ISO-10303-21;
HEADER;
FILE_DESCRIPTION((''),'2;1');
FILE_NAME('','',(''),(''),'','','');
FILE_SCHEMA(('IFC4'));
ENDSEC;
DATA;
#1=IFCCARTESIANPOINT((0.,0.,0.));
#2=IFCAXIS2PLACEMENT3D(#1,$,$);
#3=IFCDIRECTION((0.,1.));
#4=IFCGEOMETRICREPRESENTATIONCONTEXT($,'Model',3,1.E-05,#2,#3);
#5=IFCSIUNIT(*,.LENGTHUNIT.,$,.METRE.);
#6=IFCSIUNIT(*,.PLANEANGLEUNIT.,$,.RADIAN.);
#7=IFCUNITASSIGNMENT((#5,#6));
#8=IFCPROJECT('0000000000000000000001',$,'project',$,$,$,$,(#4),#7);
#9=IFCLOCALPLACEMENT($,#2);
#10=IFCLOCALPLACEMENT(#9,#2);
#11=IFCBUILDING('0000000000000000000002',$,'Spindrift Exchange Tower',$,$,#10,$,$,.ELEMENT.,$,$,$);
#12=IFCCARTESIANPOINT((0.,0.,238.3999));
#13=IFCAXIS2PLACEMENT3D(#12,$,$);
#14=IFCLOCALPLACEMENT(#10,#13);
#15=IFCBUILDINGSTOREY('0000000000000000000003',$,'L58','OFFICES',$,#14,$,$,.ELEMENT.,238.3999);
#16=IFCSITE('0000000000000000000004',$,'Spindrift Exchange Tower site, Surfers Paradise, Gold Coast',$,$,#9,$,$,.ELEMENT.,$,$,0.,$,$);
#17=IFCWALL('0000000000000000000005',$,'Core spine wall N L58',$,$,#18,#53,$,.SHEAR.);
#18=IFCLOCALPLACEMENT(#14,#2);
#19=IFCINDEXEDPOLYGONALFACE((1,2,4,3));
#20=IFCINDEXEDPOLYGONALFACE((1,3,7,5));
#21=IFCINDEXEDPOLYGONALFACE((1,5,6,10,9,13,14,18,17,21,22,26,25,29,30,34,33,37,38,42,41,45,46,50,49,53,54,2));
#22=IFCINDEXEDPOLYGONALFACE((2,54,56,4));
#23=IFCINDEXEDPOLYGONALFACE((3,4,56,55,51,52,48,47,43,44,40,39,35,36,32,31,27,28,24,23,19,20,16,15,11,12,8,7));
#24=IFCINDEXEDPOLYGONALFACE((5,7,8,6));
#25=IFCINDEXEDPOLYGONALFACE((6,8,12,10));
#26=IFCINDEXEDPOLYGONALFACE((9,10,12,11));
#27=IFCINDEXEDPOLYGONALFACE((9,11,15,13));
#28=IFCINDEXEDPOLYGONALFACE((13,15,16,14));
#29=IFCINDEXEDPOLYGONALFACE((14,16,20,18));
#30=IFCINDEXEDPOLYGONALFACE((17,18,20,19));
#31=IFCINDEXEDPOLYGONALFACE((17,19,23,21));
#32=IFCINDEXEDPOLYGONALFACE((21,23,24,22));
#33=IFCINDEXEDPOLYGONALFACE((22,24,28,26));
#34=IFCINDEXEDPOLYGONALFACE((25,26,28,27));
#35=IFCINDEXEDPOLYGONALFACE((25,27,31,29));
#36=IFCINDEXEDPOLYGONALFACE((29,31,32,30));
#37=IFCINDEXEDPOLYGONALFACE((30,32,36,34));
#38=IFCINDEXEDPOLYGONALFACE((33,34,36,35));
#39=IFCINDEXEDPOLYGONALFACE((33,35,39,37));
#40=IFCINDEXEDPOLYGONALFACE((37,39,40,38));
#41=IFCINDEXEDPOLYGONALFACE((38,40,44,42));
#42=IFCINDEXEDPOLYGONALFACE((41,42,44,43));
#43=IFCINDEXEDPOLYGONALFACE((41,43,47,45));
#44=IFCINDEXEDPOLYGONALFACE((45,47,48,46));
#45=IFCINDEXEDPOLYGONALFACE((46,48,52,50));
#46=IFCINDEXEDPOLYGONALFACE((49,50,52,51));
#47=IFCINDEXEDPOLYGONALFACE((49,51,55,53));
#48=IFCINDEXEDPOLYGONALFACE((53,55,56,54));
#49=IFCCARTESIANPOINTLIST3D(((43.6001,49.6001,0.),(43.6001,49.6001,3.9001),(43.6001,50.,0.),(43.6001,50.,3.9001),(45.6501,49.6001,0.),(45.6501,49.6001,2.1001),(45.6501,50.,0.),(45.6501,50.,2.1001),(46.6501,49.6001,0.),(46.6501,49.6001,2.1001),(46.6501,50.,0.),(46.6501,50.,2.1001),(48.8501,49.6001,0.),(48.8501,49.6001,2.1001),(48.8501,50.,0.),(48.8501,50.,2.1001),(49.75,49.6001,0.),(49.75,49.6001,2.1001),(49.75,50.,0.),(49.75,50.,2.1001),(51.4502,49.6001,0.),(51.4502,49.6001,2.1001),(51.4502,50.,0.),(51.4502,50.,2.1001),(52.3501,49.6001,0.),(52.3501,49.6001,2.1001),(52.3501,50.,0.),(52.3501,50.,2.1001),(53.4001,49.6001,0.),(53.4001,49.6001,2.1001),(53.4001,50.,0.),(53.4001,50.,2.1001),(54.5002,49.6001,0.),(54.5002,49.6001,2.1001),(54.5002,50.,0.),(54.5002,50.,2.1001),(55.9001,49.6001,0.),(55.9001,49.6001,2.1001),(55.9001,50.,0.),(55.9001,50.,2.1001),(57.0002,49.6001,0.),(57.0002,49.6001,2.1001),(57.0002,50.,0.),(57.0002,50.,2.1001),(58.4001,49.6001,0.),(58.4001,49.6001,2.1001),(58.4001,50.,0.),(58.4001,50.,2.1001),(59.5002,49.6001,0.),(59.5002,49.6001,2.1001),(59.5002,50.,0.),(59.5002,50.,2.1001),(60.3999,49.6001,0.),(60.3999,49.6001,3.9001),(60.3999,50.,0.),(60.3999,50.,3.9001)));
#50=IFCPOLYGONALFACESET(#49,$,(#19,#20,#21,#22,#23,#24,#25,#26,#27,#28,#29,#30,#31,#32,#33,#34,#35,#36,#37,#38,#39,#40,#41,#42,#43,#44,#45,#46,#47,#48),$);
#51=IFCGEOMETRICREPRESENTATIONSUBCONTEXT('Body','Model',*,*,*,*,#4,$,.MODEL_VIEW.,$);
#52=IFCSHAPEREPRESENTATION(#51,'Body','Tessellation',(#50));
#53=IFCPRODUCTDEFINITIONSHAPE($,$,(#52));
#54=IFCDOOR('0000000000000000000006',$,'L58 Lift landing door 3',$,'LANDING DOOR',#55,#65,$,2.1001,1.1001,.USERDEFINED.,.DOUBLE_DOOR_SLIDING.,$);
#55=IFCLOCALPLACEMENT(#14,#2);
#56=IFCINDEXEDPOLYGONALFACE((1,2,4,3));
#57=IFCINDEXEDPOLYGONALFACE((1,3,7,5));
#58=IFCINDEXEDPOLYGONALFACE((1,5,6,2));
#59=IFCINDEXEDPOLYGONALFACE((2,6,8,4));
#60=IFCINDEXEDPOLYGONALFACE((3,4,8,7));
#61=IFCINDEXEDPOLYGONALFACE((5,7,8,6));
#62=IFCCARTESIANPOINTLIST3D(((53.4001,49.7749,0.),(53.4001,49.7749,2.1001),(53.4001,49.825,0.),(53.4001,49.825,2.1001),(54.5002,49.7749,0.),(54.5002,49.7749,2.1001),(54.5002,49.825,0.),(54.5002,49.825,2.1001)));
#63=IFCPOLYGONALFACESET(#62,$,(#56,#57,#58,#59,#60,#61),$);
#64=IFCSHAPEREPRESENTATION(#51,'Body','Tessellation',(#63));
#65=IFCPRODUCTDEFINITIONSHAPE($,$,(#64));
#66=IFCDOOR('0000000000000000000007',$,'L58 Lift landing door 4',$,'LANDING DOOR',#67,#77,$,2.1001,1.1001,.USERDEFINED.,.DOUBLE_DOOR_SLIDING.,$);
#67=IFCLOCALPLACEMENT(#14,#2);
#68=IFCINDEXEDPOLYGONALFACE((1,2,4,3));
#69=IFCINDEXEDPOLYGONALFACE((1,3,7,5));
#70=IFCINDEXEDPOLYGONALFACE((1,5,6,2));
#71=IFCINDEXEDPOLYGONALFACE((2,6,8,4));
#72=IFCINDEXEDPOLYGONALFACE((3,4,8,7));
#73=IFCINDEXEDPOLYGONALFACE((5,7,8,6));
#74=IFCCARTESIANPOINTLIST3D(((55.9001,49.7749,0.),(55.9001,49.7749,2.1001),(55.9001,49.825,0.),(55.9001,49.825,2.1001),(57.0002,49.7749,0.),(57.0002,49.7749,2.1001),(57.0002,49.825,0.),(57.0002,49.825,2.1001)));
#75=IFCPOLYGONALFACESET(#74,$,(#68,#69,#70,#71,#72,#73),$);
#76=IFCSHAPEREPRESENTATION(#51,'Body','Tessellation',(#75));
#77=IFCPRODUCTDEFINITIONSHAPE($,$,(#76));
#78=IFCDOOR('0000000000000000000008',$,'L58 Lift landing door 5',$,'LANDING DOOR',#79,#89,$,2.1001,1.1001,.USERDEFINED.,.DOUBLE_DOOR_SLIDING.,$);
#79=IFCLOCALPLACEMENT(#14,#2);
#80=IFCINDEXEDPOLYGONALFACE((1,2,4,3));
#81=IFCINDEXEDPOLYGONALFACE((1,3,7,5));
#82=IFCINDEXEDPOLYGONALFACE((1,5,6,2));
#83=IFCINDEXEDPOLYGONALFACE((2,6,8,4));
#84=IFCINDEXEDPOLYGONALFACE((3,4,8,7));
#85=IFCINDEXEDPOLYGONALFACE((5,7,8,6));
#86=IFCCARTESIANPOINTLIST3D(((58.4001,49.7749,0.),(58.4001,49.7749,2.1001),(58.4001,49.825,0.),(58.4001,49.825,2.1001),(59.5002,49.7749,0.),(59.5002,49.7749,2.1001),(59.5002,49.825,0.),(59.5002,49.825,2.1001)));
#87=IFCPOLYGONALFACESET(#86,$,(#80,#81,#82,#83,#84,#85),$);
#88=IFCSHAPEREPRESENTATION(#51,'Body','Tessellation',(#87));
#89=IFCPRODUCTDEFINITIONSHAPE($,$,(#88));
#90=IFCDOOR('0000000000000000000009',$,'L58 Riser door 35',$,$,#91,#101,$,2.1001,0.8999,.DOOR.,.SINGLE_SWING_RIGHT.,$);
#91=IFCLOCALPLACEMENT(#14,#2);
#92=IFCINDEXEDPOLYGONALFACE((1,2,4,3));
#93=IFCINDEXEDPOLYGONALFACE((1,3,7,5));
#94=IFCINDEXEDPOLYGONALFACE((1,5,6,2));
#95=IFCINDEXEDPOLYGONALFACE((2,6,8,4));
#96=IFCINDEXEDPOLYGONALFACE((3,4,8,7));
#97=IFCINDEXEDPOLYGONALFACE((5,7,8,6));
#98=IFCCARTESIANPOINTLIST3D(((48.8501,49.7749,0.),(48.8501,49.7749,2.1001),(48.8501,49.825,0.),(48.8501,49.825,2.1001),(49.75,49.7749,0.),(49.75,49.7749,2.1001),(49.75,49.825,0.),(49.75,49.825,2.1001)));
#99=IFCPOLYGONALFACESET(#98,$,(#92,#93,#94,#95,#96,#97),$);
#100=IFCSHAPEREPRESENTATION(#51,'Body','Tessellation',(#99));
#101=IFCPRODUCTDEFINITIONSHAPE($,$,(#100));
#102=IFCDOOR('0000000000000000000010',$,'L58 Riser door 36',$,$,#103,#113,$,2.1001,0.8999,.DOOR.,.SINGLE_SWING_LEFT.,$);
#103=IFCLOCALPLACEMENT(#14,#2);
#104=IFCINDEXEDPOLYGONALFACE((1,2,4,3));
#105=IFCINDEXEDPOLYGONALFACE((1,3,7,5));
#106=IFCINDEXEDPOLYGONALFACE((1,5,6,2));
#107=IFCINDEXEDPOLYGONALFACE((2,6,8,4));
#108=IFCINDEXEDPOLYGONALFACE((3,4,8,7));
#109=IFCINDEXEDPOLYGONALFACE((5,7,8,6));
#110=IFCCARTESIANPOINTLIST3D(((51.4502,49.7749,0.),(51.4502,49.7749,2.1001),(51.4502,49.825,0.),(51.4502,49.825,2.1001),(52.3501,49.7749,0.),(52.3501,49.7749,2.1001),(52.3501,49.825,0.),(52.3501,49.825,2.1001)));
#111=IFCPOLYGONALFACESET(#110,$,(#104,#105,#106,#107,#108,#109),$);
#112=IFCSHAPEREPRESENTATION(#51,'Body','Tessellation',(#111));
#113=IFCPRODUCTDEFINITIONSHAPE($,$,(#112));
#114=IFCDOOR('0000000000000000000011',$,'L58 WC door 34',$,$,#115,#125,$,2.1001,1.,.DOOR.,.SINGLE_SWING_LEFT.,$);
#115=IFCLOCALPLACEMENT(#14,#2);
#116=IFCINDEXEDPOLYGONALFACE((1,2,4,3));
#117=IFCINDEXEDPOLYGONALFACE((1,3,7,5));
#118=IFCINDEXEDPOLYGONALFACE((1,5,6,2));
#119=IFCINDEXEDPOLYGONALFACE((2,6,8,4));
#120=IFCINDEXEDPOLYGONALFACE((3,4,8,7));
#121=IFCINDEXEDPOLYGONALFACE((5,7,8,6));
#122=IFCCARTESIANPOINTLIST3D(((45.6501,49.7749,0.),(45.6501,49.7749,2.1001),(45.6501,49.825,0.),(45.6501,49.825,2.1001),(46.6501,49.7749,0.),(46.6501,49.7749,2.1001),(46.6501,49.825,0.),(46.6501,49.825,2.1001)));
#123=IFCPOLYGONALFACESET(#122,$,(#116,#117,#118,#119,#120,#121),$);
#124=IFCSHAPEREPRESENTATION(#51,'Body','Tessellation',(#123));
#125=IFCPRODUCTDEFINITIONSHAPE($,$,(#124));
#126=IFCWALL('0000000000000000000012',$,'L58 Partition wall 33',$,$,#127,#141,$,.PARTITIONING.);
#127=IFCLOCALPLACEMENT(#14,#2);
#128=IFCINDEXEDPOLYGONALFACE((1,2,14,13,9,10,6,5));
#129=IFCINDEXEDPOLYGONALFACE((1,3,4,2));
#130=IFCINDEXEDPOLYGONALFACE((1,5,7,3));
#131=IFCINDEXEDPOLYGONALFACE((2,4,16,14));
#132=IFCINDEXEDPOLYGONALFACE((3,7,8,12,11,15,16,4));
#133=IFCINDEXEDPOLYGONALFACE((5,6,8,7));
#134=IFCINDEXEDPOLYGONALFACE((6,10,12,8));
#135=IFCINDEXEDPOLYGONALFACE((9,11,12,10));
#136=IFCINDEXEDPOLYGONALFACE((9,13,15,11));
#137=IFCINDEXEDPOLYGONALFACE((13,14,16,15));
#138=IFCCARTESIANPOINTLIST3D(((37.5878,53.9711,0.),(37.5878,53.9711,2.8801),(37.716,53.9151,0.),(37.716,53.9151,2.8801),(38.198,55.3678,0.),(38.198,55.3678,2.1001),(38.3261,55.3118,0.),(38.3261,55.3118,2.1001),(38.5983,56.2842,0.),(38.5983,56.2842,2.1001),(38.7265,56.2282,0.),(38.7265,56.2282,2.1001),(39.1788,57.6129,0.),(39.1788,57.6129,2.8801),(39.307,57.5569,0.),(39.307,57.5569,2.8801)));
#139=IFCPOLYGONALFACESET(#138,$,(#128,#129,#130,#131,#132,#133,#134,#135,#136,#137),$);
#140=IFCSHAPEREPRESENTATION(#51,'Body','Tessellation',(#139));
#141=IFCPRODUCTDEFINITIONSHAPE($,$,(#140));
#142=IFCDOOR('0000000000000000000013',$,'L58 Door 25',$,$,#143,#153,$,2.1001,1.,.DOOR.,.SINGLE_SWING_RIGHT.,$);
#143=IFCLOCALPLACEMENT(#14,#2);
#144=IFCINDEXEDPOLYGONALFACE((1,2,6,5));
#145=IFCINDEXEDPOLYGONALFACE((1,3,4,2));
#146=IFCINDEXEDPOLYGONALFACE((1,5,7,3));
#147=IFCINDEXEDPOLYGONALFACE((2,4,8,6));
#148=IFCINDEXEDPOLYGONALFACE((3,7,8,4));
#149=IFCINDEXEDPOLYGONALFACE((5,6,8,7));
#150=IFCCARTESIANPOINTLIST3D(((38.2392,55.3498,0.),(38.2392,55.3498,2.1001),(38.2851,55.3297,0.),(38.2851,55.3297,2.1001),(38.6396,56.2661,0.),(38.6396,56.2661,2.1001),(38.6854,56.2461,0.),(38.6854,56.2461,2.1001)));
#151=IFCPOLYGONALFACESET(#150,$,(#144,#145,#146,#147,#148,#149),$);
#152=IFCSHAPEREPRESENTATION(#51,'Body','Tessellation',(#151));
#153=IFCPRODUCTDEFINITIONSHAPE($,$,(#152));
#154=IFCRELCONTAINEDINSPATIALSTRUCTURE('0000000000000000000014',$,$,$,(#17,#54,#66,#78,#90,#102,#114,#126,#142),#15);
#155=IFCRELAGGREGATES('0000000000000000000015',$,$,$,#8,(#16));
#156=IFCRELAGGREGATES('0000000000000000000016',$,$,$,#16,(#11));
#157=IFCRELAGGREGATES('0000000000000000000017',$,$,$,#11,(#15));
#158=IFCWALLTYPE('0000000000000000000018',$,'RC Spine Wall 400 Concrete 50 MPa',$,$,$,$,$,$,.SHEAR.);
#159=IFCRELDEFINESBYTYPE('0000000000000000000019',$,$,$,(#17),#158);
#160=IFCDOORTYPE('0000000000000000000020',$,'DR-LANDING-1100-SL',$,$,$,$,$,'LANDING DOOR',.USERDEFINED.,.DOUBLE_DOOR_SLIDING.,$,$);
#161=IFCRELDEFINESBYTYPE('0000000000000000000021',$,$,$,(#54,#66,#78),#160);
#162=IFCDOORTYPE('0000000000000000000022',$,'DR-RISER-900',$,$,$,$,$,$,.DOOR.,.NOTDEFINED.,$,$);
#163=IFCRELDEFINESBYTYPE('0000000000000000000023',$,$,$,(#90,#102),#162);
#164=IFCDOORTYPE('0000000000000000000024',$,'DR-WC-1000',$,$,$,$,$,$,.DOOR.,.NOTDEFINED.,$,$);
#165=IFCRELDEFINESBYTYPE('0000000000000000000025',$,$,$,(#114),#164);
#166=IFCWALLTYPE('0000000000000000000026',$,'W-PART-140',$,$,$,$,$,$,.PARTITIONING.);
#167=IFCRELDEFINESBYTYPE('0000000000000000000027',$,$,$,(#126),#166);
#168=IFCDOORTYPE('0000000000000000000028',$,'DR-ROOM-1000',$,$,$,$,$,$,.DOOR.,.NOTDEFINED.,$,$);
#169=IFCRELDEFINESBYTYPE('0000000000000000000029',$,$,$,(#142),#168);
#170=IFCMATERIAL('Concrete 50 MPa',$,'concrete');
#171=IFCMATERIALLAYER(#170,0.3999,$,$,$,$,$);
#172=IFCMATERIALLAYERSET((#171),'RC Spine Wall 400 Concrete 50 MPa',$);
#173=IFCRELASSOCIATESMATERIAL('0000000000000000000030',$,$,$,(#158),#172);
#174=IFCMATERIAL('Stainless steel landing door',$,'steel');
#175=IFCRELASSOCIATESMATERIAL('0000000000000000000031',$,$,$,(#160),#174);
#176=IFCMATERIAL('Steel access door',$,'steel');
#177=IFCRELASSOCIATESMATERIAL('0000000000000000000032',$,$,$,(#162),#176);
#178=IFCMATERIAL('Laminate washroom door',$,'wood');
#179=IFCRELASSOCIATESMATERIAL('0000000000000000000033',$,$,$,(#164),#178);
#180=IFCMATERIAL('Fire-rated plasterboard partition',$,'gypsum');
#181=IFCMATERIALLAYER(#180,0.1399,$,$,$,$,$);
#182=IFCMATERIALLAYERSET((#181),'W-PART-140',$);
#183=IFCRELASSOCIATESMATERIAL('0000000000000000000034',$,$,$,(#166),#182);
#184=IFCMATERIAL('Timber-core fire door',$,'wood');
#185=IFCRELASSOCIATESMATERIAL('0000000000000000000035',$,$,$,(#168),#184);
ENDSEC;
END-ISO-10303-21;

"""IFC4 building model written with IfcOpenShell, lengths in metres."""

from ifc_helpers import new_model, si_unit, direction, frame, frame_2d, origin, place, context, subcontext, project, spatial, rectangle, extrude, source, transform, mapped, material, layer, layer_set, type_object, element, fill, save


model = new_model("IFC4")

# Units and contexts
model_context = context("Model", 3, precision=1e-05, world=origin(), true_north=direction((0.0, 1.0)))
body_context = subcontext(model_context, "Body", "Model", "MODEL_VIEW")
ifc_project = project(units=[si_unit("LENGTHUNIT", "METRE"), si_unit("PLANEANGLEUNIT", "RADIAN")], contexts=[model_context])

# Site, building, storey
site_placement = place(None, origin())
site = spatial("IfcSite", under=ifc_project, at=site_placement, Name="Spindrift Exchange Tower site, Surfers Paradise, Gold Coast", CompositionType="ELEMENT", RefElevation=0.0)
building_placement = place(site_placement, origin())
building = spatial("IfcBuilding", under=site, at=building_placement, Name="Spindrift Exchange Tower", CompositionType="ELEMENT")
storey_placement = place(building_placement, frame((0.0, 0.0, 238.3999)))
storey = spatial("IfcBuildingStorey", under=building, at=storey_placement, Name="L58", Description="OFFICES", CompositionType="ELEMENT", Elevation=238.3999)

# Wall, openings, doors
ifc_material_1 = material(Name="Concrete 50 MPa", Category="concrete")
ifc_layer_1 = layer(ifc_material_1, 0.3999)
ifc_layer_set_1 = layer_set([ifc_layer_1], Name="RC Spine Wall 400 Concrete 50 MPa")
wall_type_1 = type_object("IfcWallType", Name="RC Spine Wall 400 Concrete 50 MPa", PredefinedType="SHEAR", material=ifc_layer_set_1)
wall_1_placement = place(storey_placement, frame((43.6001, 49.8, 0.0), z_axis=(0.0, 0.0, 1.0), x_axis=(1.0, 0.0, 0.0)))
wall_1 = element("IfcWall", 1, at=wall_1_placement, inside=storey, type_object=wall_type_1, Name="Core spine wall N L58", PredefinedType="SHEAR", context=body_context, shape_type="SweptSolid", body=[
    extrude(rectangle(XDim=16.7998, YDim=0.3999, at=frame_2d((8.3999, 0.0))), origin(), (0.0, 0.0, 1.0), 3.9001),
])
opening_1_placement = place(wall_1_placement, frame((9.8, 0.0, 0.0)))
opening_1 = element("IfcOpeningElement", 2, at=opening_1_placement, cuts=wall_1, PredefinedType="OPENING", context=body_context, shape_type="SweptSolid", body=[
    extrude(rectangle(XDim=1.1001, YDim=2.1001, at=frame_2d((0.55, 1.05))), frame((0.0, 0.21, 0.0), z_axis=(0.0, -1.0, 0.0), x_axis=(1.0, 0.0, 0.0)), (0.0, 0.0, 1.0), 0.4199),
])
opening_2_placement = place(wall_1_placement, frame((12.3, 0.0, 0.0)))
opening_2 = element("IfcOpeningElement", 3, at=opening_2_placement, cuts=wall_1, PredefinedType="OPENING", context=body_context, shape_type="SweptSolid", body=[
    extrude(rectangle(XDim=1.1001, YDim=2.1001, at=frame_2d((0.55, 1.05))), frame((0.0, 0.21, 0.0), z_axis=(0.0, -1.0, 0.0), x_axis=(1.0, 0.0, 0.0)), (0.0, 0.0, 1.0), 0.4199),
])
opening_3_placement = place(wall_1_placement, frame((14.8, 0.0, 0.0)))
opening_3 = element("IfcOpeningElement", 4, at=opening_3_placement, cuts=wall_1, PredefinedType="OPENING", context=body_context, shape_type="SweptSolid", body=[
    extrude(rectangle(XDim=1.1001, YDim=2.1001, at=frame_2d((0.55, 1.05))), frame((0.0, 0.21, 0.0), z_axis=(0.0, -1.0, 0.0), x_axis=(1.0, 0.0, 0.0)), (0.0, 0.0, 1.0), 0.4199),
])
opening_4_placement = place(wall_1_placement, frame((2.05, 0.0, 0.0)))
opening_4 = element("IfcOpeningElement", 5, at=opening_4_placement, cuts=wall_1, PredefinedType="OPENING", context=body_context, shape_type="SweptSolid", body=[
    extrude(rectangle(XDim=1.0, YDim=2.1001, at=frame_2d((0.5, 1.05))), frame((0.0, 0.21, 0.0), z_axis=(0.0, -1.0, 0.0), x_axis=(1.0, 0.0, 0.0)), (0.0, 0.0, 1.0), 0.4199),
])
opening_5_placement = place(wall_1_placement, frame((5.25, 0.0, 0.0)))
opening_5 = element("IfcOpeningElement", 6, at=opening_5_placement, cuts=wall_1, PredefinedType="OPENING", context=body_context, shape_type="SweptSolid", body=[
    extrude(rectangle(XDim=0.8999, YDim=2.1001, at=frame_2d((0.45, 1.05))), frame((0.0, 0.21, 0.0), z_axis=(0.0, -1.0, 0.0), x_axis=(1.0, 0.0, 0.0)), (0.0, 0.0, 1.0), 0.4199),
])
opening_6_placement = place(wall_1_placement, frame((7.8501, 0.0, 0.0)))
opening_6 = element("IfcOpeningElement", 7, at=opening_6_placement, cuts=wall_1, PredefinedType="OPENING", context=body_context, shape_type="SweptSolid", body=[
    extrude(rectangle(XDim=0.8999, YDim=2.1001, at=frame_2d((0.45, 1.05))), frame((0.0, 0.21, 0.0), z_axis=(0.0, -1.0, 0.0), x_axis=(1.0, 0.0, 0.0)), (0.0, 0.0, 1.0), 0.4199),
])
ifc_material_2 = material(Name="Stainless steel landing door", Category="steel")
door_type_1 = type_object("IfcDoorType", Name="DR-LANDING-1100-SL", ElementType="LANDING DOOR", OperationType="DOUBLE_DOOR_SLIDING", PredefinedType="USERDEFINED", material=ifc_material_2)
shared_shape_1 = source(origin(), body_context, "Body", "SweptSolid", [
    extrude(rectangle(XDim=1.1001, YDim=2.1001, at=frame_2d((0.55, 1.05))), frame((0.0, 0.0249, 0.0), z_axis=(0.0, -1.0, 0.0), x_axis=(1.0, 0.0, 0.0)), (0.0, 0.0, 1.0), 0.05),
])
door_1_placement = place(opening_1_placement, origin())
door_1 = element("IfcDoor", 8, at=door_1_placement, inside=storey, type_object=door_type_1, Name="L58 Lift landing door 3", ObjectType="LANDING DOOR", OperationType="DOUBLE_DOOR_SLIDING", OverallHeight=2.1001, OverallWidth=1.1001, PredefinedType="USERDEFINED", context=body_context, shape_type="MappedRepresentation", body=[
    mapped(shared_shape_1, transform((0.0, 0.0, 0.0), scale=1.0)),
])
fill(opening_1, door_1)
door_2_placement = place(opening_2_placement, origin())
door_2 = element("IfcDoor", 9, at=door_2_placement, inside=storey, type_object=door_type_1, Name="L58 Lift landing door 4", ObjectType="LANDING DOOR", OperationType="DOUBLE_DOOR_SLIDING", OverallHeight=2.1001, OverallWidth=1.1001, PredefinedType="USERDEFINED", context=body_context, shape_type="MappedRepresentation", body=[
    mapped(shared_shape_1, transform((0.0, 0.0, 0.0), scale=1.0)),
])
fill(opening_2, door_2)
door_3_placement = place(opening_3_placement, origin())
door_3 = element("IfcDoor", 10, at=door_3_placement, inside=storey, type_object=door_type_1, Name="L58 Lift landing door 5", ObjectType="LANDING DOOR", OperationType="DOUBLE_DOOR_SLIDING", OverallHeight=2.1001, OverallWidth=1.1001, PredefinedType="USERDEFINED", context=body_context, shape_type="MappedRepresentation", body=[
    mapped(shared_shape_1, transform((0.0, 0.0, 0.0), scale=1.0)),
])
fill(opening_3, door_3)
ifc_material_3 = material(Name="Steel access door", Category="steel")
door_type_2 = type_object("IfcDoorType", Name="DR-RISER-900", OperationType="NOTDEFINED", PredefinedType="DOOR", material=ifc_material_3)
shared_shape_2 = source(origin(), body_context, "Body", "SweptSolid", [
    extrude(rectangle(XDim=0.8999, YDim=2.1001, at=frame_2d((0.45, 1.05))), frame((0.0, 0.0249, 0.0), z_axis=(0.0, -1.0, 0.0), x_axis=(1.0, 0.0, 0.0)), (0.0, 0.0, 1.0), 0.05),
])
door_4_placement = place(opening_5_placement, origin())
door_4 = element("IfcDoor", 11, at=door_4_placement, inside=storey, type_object=door_type_2, Name="L58 Riser door 35", OperationType="SINGLE_SWING_RIGHT", OverallHeight=2.1001, OverallWidth=0.8999, PredefinedType="DOOR", context=body_context, shape_type="MappedRepresentation", body=[
    mapped(shared_shape_2, transform((0.0, 0.0, 0.0), scale=1.0)),
])
fill(opening_5, door_4)
door_5_placement = place(opening_6_placement, origin())
door_5 = element("IfcDoor", 12, at=door_5_placement, inside=storey, type_object=door_type_2, Name="L58 Riser door 36", OperationType="SINGLE_SWING_LEFT", OverallHeight=2.1001, OverallWidth=0.8999, PredefinedType="DOOR", context=body_context, shape_type="MappedRepresentation", body=[
    mapped(shared_shape_2, transform((0.0, 0.0, 0.0), scale=1.0)),
])
fill(opening_6, door_5)
ifc_material_4 = material(Name="Laminate washroom door", Category="wood")
door_type_3 = type_object("IfcDoorType", Name="DR-WC-1000", OperationType="NOTDEFINED", PredefinedType="DOOR", material=ifc_material_4)
shared_shape_3 = source(origin(), body_context, "Body", "SweptSolid", [
    extrude(rectangle(XDim=1.0, YDim=2.1001, at=frame_2d((0.5, 1.05))), frame((0.0, 0.0249, 0.0), z_axis=(0.0, -1.0, 0.0), x_axis=(1.0, 0.0, 0.0)), (0.0, 0.0, 1.0), 0.05),
])
door_6_placement = place(opening_4_placement, origin())
door_6 = element("IfcDoor", 13, at=door_6_placement, inside=storey, type_object=door_type_3, Name="L58 WC door 34", OperationType="SINGLE_SWING_LEFT", OverallHeight=2.1001, OverallWidth=1.0, PredefinedType="DOOR", context=body_context, shape_type="MappedRepresentation", body=[
    mapped(shared_shape_3, transform((0.0, 0.0, 0.0), scale=1.0)),
])
fill(opening_4, door_6)

# Wall, opening, door
ifc_material_5 = material(Name="Fire-rated plasterboard partition", Category="gypsum")
ifc_layer_2 = layer(ifc_material_5, 0.1399)
ifc_layer_set_2 = layer_set([ifc_layer_2], Name="W-PART-140")
wall_type_2 = type_object("IfcWallType", Name="W-PART-140", PredefinedType="PARTITIONING", material=ifc_layer_set_2)
wall_2_placement = place(storey_placement, frame((37.6519, 53.9431, 0.0), z_axis=(0.0, 0.0, 1.0), x_axis=(0.400345, 0.916364, 0.0)))
wall_2 = element("IfcWall", 14, at=wall_2_placement, inside=storey, type_object=wall_type_2, Name="L58 Partition wall 33", PredefinedType="PARTITIONING", context=body_context, shape_type="SweptSolid", body=[
    extrude(rectangle(XDim=3.9741, YDim=0.1399, at=frame_2d((1.9871, 0.0))), origin(), (0.0, 0.0, 1.0), 2.8801),
])
opening_7_placement = place(wall_2_placement, frame((1.5242, 0.0, 0.0)))
opening_7 = element("IfcOpeningElement", 15, at=opening_7_placement, cuts=wall_2, PredefinedType="OPENING", context=body_context, shape_type="SweptSolid", body=[
    extrude(rectangle(XDim=1.0, YDim=2.1001, at=frame_2d((0.5, 1.05))), frame((0.0, 0.0798, 0.0), z_axis=(0.0, -1.0, 0.0), x_axis=(1.0, 0.0, 0.0)), (0.0, 0.0, 1.0), 0.1599),
])
ifc_material_6 = material(Name="Timber-core fire door", Category="wood")
door_type_4 = type_object("IfcDoorType", Name="DR-ROOM-1000", OperationType="NOTDEFINED", PredefinedType="DOOR", material=ifc_material_6)
shared_shape_4 = source(origin(), body_context, "Body", "SweptSolid", [
    extrude(rectangle(XDim=1.0, YDim=2.1001, at=frame_2d((0.5, 1.05))), frame((0.0, 0.0249, 0.0), z_axis=(0.0, -1.0, 0.0), x_axis=(1.0, 0.0, 0.0)), (0.0, 0.0, 1.0), 0.05),
])
door_7_placement = place(opening_7_placement, origin())
door_7 = element("IfcDoor", 16, at=door_7_placement, inside=storey, type_object=door_type_4, Name="L58 Door 25", OperationType="SINGLE_SWING_RIGHT", OverallHeight=2.1001, OverallWidth=1.0, PredefinedType="DOOR", context=body_context, shape_type="MappedRepresentation", body=[
    mapped(shared_shape_4, transform((0.0, 0.0, 0.0), scale=1.0)),
])
fill(opening_7, door_7)

save(model, "model.ifc")
